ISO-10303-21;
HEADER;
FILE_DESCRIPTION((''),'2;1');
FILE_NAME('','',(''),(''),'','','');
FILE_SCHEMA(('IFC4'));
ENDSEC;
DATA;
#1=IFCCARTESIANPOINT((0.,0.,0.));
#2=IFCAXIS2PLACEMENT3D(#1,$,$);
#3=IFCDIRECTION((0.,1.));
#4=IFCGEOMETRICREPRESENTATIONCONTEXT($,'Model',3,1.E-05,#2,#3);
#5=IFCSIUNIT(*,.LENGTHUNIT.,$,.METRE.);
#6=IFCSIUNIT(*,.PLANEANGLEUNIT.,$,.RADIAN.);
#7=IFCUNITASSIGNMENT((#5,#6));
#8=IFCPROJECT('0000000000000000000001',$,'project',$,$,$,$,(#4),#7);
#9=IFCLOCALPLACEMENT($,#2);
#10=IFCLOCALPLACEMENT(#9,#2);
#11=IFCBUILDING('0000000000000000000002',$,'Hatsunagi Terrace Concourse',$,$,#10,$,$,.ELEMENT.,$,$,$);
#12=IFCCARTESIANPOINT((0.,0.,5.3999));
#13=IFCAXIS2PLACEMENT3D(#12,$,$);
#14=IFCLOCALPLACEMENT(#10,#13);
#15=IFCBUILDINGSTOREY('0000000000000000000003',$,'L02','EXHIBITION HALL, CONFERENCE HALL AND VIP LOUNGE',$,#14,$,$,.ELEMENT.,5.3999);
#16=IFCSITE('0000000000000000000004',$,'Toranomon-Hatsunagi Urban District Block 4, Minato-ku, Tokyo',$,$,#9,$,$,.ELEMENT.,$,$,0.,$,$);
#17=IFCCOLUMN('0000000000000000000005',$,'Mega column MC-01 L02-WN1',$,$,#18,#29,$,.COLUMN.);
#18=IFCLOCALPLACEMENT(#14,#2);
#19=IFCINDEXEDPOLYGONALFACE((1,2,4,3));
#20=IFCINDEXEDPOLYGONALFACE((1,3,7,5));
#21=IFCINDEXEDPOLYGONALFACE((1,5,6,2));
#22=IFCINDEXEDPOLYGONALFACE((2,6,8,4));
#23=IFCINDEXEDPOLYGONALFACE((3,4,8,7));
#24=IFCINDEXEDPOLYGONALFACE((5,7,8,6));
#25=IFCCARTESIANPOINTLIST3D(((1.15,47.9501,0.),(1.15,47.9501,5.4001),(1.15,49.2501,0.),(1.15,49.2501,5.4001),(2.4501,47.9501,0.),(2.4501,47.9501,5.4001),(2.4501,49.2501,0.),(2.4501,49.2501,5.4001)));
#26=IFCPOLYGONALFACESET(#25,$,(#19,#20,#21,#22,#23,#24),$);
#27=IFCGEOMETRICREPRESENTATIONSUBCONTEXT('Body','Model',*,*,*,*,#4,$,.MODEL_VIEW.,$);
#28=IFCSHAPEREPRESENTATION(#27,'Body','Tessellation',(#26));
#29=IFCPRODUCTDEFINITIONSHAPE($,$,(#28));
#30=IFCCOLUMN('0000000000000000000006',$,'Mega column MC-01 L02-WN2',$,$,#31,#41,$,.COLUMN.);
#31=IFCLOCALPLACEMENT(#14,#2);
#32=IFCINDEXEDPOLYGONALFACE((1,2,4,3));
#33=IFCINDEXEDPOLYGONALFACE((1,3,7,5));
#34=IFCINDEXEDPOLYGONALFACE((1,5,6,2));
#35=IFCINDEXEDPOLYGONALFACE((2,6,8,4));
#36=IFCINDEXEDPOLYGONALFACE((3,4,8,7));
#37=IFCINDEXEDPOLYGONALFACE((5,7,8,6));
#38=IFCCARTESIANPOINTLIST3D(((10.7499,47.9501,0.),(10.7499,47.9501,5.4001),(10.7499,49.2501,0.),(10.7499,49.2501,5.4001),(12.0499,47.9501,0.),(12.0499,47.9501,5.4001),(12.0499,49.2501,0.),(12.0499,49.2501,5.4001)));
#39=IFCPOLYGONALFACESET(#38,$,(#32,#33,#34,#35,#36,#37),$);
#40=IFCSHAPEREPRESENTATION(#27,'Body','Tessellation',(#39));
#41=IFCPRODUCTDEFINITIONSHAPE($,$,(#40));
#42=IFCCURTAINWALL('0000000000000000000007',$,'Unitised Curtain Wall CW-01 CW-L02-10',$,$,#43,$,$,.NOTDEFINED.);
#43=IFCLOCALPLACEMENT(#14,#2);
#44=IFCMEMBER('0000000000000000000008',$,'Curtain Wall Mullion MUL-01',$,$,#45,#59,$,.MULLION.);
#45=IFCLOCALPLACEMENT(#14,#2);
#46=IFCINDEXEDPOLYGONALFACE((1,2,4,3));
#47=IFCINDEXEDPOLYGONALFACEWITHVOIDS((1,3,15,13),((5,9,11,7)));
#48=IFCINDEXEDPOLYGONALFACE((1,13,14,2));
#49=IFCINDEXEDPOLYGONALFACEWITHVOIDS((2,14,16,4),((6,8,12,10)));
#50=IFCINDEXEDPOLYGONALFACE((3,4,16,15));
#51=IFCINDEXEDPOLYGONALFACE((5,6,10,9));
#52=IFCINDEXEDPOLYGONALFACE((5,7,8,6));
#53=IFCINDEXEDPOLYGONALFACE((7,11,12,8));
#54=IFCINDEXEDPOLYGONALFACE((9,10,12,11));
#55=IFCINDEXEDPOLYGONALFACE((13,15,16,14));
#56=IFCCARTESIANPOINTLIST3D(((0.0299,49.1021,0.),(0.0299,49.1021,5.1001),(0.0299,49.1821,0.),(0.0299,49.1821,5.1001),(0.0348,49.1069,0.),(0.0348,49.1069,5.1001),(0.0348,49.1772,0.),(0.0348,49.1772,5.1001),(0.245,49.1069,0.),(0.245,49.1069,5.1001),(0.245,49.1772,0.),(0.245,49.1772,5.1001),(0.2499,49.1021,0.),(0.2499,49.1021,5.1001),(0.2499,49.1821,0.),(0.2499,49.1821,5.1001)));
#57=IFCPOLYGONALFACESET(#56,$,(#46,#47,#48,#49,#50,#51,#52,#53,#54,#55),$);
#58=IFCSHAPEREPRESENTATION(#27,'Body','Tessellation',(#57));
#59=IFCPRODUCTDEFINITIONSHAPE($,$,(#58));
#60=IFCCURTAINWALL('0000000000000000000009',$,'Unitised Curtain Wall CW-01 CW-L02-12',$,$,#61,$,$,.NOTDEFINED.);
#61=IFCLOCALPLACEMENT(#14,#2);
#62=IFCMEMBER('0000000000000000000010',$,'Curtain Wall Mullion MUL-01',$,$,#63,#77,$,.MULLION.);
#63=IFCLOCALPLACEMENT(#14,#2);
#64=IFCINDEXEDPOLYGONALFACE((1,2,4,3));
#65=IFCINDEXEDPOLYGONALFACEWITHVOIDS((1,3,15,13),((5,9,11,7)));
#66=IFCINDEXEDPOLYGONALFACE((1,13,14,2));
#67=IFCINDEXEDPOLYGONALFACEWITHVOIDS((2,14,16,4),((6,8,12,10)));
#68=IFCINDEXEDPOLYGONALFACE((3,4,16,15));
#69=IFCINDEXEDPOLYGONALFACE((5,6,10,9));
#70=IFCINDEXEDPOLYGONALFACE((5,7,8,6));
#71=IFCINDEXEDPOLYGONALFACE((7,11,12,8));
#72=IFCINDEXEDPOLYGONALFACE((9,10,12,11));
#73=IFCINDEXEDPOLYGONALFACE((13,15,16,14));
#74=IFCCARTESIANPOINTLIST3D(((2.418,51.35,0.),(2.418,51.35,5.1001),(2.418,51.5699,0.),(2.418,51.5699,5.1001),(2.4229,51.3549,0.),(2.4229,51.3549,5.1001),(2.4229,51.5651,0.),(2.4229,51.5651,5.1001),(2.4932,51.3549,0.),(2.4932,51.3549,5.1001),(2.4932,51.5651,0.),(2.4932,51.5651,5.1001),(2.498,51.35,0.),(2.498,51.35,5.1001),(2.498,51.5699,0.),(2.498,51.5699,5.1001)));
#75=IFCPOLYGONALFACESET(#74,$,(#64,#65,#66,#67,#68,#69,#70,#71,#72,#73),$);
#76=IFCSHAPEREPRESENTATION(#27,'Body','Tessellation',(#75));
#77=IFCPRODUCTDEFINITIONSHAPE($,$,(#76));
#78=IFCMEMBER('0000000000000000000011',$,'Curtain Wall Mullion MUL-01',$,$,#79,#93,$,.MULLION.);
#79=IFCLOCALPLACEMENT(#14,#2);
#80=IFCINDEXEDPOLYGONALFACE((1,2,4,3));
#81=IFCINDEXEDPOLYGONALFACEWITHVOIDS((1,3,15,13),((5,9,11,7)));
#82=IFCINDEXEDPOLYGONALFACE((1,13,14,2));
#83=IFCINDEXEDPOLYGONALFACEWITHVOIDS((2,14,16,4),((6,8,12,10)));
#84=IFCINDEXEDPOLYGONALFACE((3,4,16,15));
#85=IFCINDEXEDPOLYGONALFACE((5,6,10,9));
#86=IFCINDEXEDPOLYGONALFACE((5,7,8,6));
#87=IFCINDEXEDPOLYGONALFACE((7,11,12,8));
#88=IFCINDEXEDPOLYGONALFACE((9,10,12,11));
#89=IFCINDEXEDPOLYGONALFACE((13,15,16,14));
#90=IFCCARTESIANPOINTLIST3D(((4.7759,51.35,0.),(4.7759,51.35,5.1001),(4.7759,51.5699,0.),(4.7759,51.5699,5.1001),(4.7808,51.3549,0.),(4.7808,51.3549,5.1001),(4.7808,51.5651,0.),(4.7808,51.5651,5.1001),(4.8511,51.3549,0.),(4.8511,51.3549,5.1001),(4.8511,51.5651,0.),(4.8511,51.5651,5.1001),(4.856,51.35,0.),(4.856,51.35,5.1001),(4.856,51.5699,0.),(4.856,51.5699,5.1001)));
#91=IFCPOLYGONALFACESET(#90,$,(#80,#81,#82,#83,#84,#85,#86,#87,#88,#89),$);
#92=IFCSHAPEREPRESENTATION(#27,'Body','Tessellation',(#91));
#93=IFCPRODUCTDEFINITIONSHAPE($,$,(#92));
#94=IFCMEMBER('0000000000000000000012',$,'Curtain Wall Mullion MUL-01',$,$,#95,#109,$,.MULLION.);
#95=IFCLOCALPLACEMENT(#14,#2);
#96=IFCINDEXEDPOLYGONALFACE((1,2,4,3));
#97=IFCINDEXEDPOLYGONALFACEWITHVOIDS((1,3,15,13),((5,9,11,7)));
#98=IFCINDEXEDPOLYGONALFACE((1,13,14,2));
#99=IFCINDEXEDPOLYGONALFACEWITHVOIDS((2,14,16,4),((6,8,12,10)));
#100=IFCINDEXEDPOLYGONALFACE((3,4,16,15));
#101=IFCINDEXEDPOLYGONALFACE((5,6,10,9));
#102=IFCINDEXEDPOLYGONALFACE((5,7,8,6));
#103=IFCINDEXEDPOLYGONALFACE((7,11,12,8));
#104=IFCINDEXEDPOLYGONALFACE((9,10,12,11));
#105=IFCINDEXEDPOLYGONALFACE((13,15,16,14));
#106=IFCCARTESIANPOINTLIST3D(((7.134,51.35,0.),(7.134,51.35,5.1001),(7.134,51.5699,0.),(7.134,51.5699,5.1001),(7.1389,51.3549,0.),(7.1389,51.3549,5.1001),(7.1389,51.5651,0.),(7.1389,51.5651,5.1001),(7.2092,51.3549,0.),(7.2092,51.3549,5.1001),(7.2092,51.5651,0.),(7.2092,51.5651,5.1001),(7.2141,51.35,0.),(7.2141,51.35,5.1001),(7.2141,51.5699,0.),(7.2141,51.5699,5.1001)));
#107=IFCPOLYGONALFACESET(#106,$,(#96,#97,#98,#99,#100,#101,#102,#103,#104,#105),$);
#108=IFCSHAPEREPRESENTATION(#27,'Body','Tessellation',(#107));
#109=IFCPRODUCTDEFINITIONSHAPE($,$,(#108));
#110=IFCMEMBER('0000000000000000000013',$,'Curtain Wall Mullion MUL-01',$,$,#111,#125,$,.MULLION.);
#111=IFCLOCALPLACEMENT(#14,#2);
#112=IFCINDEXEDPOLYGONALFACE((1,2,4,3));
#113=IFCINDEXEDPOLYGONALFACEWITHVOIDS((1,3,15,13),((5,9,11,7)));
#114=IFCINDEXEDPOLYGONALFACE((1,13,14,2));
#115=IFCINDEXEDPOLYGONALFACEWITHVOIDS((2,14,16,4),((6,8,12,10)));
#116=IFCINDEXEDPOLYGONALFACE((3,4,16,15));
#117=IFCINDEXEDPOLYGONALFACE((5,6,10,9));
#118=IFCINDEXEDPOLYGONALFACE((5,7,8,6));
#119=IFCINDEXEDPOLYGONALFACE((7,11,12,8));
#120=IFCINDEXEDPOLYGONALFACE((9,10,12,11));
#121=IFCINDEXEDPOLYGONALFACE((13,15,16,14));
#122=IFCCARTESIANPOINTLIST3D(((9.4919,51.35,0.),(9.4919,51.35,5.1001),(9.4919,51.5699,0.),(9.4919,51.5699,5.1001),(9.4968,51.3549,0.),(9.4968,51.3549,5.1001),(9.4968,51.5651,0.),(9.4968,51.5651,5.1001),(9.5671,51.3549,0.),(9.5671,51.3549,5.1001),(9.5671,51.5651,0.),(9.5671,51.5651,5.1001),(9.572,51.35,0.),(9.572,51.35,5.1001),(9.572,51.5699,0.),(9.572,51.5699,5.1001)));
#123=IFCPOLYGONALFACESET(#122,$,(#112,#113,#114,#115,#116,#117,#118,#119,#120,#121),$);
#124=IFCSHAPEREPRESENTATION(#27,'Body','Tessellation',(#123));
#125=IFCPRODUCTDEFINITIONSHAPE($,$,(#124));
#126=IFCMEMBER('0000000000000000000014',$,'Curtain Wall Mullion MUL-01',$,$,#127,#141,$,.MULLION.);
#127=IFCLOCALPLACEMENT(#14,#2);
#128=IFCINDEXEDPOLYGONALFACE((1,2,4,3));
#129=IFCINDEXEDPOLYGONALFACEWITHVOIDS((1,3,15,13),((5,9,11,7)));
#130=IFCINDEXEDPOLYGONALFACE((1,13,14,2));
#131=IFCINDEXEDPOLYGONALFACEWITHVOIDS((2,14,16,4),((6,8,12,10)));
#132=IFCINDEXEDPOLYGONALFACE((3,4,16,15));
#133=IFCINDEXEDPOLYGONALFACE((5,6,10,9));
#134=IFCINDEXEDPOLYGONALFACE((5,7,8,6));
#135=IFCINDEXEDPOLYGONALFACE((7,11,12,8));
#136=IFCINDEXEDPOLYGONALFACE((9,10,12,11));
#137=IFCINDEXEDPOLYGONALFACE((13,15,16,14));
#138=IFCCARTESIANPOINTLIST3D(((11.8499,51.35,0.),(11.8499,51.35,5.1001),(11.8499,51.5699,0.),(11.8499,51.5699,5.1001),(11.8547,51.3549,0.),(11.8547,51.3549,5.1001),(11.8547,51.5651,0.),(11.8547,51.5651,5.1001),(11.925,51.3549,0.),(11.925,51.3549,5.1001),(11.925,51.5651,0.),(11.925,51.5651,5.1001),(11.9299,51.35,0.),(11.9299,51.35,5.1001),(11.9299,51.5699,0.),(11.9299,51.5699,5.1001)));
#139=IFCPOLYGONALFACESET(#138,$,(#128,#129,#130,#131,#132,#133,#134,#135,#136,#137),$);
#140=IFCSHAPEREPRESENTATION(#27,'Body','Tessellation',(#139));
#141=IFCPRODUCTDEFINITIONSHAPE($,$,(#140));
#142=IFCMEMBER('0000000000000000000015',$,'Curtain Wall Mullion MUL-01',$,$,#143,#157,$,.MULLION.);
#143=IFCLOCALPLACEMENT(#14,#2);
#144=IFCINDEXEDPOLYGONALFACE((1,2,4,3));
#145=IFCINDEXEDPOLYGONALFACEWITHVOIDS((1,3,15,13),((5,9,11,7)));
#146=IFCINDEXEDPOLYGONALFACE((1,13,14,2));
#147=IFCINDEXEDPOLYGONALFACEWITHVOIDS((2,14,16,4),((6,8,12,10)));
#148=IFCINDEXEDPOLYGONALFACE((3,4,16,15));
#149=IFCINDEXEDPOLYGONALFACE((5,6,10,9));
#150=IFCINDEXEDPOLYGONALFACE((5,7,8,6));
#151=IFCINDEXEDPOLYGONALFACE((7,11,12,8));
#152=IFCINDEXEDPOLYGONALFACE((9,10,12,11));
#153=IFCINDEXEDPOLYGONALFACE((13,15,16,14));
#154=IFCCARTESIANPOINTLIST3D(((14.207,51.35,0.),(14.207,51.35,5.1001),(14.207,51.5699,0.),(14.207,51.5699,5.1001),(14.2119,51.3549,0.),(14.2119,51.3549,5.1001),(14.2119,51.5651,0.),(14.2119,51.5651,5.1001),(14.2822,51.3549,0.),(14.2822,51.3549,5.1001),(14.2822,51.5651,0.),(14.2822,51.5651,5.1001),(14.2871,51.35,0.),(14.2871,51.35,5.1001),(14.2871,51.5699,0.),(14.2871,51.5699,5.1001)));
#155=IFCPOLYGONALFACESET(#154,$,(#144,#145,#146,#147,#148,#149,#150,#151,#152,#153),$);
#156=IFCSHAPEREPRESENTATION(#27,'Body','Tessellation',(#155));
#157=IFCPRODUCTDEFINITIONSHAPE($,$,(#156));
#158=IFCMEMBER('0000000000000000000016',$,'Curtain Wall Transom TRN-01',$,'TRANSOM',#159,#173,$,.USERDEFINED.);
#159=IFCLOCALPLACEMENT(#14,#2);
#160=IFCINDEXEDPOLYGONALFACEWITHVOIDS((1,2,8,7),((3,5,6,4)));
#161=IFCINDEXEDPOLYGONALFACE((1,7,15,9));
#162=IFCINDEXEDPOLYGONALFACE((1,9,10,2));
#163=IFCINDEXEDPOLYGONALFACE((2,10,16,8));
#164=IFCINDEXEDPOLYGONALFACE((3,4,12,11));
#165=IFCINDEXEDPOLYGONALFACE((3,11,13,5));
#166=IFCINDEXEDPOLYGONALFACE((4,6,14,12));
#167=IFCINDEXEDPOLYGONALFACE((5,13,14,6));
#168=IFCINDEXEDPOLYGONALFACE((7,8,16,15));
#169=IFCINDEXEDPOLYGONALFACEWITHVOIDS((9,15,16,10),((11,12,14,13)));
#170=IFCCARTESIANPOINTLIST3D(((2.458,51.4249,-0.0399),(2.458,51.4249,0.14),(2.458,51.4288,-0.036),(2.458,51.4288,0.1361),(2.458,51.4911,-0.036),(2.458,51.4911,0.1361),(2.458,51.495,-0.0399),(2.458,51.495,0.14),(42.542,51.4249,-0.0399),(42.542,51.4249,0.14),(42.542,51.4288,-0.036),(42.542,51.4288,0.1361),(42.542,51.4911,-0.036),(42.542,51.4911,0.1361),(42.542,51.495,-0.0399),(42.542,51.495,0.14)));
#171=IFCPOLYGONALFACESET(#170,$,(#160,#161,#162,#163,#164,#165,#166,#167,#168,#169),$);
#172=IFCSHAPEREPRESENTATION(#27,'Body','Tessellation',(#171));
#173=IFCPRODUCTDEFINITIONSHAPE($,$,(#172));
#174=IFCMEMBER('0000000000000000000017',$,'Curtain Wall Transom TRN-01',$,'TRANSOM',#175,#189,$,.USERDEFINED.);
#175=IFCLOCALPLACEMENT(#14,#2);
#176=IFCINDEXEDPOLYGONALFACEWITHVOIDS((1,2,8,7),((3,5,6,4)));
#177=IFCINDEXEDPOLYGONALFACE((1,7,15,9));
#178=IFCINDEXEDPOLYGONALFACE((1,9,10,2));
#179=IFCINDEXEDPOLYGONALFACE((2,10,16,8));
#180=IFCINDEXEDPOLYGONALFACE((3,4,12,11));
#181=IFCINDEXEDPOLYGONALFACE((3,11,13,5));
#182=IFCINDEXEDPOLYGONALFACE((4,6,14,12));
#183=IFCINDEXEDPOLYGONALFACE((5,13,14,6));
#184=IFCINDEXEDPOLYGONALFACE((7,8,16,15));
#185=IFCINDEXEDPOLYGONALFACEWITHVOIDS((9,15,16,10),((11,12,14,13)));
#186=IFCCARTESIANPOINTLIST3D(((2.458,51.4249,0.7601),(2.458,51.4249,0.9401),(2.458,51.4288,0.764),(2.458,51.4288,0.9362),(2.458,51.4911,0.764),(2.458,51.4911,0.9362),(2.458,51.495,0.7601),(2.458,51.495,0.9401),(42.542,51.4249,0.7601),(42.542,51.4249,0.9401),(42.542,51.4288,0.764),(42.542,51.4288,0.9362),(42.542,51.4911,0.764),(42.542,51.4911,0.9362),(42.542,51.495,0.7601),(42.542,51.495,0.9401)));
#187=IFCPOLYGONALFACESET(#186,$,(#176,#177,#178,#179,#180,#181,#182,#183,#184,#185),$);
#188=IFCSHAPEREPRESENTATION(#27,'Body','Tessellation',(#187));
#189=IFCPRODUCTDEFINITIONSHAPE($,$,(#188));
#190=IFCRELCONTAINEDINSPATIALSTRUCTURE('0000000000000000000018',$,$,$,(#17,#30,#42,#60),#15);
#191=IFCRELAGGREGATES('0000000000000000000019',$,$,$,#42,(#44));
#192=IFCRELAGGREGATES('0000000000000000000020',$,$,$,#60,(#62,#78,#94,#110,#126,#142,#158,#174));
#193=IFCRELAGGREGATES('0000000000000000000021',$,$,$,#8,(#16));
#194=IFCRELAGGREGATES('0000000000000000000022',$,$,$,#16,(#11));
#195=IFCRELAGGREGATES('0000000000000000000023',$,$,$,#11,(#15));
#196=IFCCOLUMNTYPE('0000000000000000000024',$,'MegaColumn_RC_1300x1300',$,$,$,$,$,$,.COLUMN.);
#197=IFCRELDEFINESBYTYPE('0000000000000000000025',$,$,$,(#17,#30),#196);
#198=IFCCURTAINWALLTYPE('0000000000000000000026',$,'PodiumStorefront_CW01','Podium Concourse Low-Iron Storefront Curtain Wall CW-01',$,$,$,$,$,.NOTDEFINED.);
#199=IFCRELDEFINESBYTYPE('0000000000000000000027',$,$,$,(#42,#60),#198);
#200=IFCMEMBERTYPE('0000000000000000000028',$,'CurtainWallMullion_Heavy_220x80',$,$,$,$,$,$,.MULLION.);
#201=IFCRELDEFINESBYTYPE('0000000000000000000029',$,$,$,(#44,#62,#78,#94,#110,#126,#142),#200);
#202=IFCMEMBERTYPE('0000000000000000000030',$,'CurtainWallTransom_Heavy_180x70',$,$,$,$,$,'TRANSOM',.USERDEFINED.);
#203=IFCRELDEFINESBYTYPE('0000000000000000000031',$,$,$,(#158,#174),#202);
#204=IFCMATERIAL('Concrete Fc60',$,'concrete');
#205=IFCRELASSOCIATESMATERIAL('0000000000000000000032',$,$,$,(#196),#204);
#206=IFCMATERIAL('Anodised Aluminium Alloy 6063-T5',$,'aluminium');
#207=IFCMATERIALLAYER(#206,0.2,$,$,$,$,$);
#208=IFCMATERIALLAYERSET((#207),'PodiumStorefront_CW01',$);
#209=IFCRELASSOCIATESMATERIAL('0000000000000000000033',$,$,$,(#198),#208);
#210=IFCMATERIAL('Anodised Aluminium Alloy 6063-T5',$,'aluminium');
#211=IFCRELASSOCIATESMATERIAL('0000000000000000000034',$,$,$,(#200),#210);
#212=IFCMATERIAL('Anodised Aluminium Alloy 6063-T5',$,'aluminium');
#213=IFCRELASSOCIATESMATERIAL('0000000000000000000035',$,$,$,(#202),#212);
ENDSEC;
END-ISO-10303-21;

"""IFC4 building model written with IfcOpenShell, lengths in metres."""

from ifc_helpers import new_model, si_unit, direction, frame, origin, origin_2d, place, context, subcontext, project, spatial, rectangle, hollow_rectangle, extrude, material, layer, layer_set, material_profile, profile_set, type_object, element, aggregate, save


model = new_model("IFC4")

# Units and contexts
model_context = context("Model", 3, precision=1e-05, world=origin(), true_north=direction((0.0, 1.0)))
body_context = subcontext(model_context, "Body", "Model", "MODEL_VIEW")
ifc_project = project(units=[si_unit("LENGTHUNIT", "METRE"), si_unit("PLANEANGLEUNIT", "RADIAN")], contexts=[model_context])

# Site, building, storey
site_placement = place(None, origin())
site = spatial("IfcSite", under=ifc_project, at=site_placement, Name="Toranomon-Hatsunagi Urban District Block 4, Minato-ku, Tokyo", CompositionType="ELEMENT", RefElevation=0.0)
building_placement = place(site_placement, origin())
building = spatial("IfcBuilding", under=site, at=building_placement, Name="Hatsunagi Terrace Concourse", CompositionType="ELEMENT")
storey_placement = place(building_placement, frame((0.0, 0.0, 5.3999)))
storey = spatial("IfcBuildingStorey", under=building, at=storey_placement, Name="L02", Description="EXHIBITION HALL, CONFERENCE HALL AND VIP LOUNGE", CompositionType="ELEMENT", Elevation=5.3999)

# Columns
ifc_material_1 = material(Name="Concrete Fc60", Category="concrete")
ifc_material_profile_1 = material_profile(ifc_material_1, rectangle(XDim=1.3, YDim=1.3, at=origin_2d()), Name="RC-1300x1300")
ifc_profile_set_1 = profile_set([ifc_material_profile_1], Name="Concrete Fc60")
column_type = type_object("IfcColumnType", Name="MegaColumn_RC_1300x1300", PredefinedType="COLUMN", material=ifc_profile_set_1)
for number, where, z_axis, x_axis, name in (
    (1, (1.8, 48.6001, 0.0), (0.0, 0.0, 1.0), (1.0, 0.0, 0.0), "Mega column MC-01 L02-WN1"),
    (2, (11.3999, 48.6001, 0.0), (0.0, 0.0, 1.0), (1.0, 0.0, 0.0), "Mega column MC-01 L02-WN2"),
):
    element("IfcColumn", number, at=place(storey_placement, frame(where, z_axis=z_axis, x_axis=x_axis)), inside=storey, type_object=column_type, Name=name, PredefinedType="COLUMN", context=body_context, shape_type="SweptSolid", body=[
        extrude(rectangle(XDim=1.3, YDim=1.3, at=origin_2d()), origin(), (0.0, 0.0, 1.0), 5.4001),
    ])

# Curtain wall, member
ifc_material_2 = material(Name="Anodised Aluminium Alloy 6063-T5", Category="aluminium")
ifc_layer_1 = layer(ifc_material_2, 0.2)
ifc_layer_set_1 = layer_set([ifc_layer_1], Name="PodiumStorefront_CW01")
curtain_wall_type = type_object("IfcCurtainWallType", Name="PodiumStorefront_CW01", Description="Podium Concourse Low-Iron Storefront Curtain Wall CW-01", PredefinedType="NOTDEFINED", material=ifc_layer_set_1)
curtain_wall_1_placement = place(storey_placement, origin())
curtain_wall_1 = element("IfcCurtainWall", 3, at=curtain_wall_1_placement, inside=storey, type_object=curtain_wall_type, Name="Unitised Curtain Wall CW-01 CW-L02-10", PredefinedType="NOTDEFINED")
ifc_material_3 = material(Name="Anodised Aluminium Alloy 6063-T5", Category="aluminium")
ifc_material_profile_2 = material_profile(ifc_material_3, hollow_rectangle(XDim=0.0801, YDim=0.22, WallThickness=0.0049, at=origin_2d()), Name="ALU-MUL-220x80x5")
ifc_profile_set_2 = profile_set([ifc_material_profile_2], Name="Anodised Aluminium Alloy 6063-T5")
member_type_1 = type_object("IfcMemberType", Name="CurtainWallMullion_Heavy_220x80", PredefinedType="MULLION", material=ifc_profile_set_2)
member_1_placement = place(storey_placement, frame((0.1399, 49.1421, 0.0), z_axis=(0.0, 0.0, 1.0), x_axis=(0.0, 1.0, 0.0)))
member_1 = element("IfcMember", 4, at=member_1_placement, type_object=member_type_1, Name="Curtain Wall Mullion MUL-01", PredefinedType="MULLION", context=body_context, shape_type="SweptSolid", body=[
    extrude(hollow_rectangle(XDim=0.0801, YDim=0.22, WallThickness=0.0049, at=origin_2d()), origin(), (0.0, 0.0, 1.0), 5.1001),
])
aggregate(curtain_wall_1, [member_1])

# Curtain wall, members
curtain_wall_2_placement = place(storey_placement, origin())
curtain_wall_2 = element("IfcCurtainWall", 5, at=curtain_wall_2_placement, inside=storey, type_object=curtain_wall_type, Name="Unitised Curtain Wall CW-01 CW-L02-12", PredefinedType="NOTDEFINED")
member_2_placement = place(storey_placement, frame((2.458, 51.46, 0.0), z_axis=(0.0, 0.0, 1.0), x_axis=(1.0, 0.0, 0.0)))
member_2 = element("IfcMember", 6, at=member_2_placement, type_object=member_type_1, Name="Curtain Wall Mullion MUL-01", PredefinedType="MULLION", context=body_context, shape_type="SweptSolid", body=[
    extrude(hollow_rectangle(XDim=0.0801, YDim=0.22, WallThickness=0.0049, at=origin_2d()), origin(), (0.0, 0.0, 1.0), 5.1001),
])
member_3_placement = place(storey_placement, frame((4.8159, 51.46, 0.0), z_axis=(0.0, 0.0, 1.0), x_axis=(1.0, 0.0, 0.0)))
member_3 = element("IfcMember", 7, at=member_3_placement, type_object=member_type_1, Name="Curtain Wall Mullion MUL-01", PredefinedType="MULLION", context=body_context, shape_type="SweptSolid", body=[
    extrude(hollow_rectangle(XDim=0.0801, YDim=0.22, WallThickness=0.0049, at=origin_2d()), origin(), (0.0, 0.0, 1.0), 5.1001),
])
member_4_placement = place(storey_placement, frame((7.1741, 51.46, 0.0), z_axis=(0.0, 0.0, 1.0), x_axis=(1.0, 0.0, 0.0)))
member_4 = element("IfcMember", 8, at=member_4_placement, type_object=member_type_1, Name="Curtain Wall Mullion MUL-01", PredefinedType="MULLION", context=body_context, shape_type="SweptSolid", body=[
    extrude(hollow_rectangle(XDim=0.0801, YDim=0.22, WallThickness=0.0049, at=origin_2d()), origin(), (0.0, 0.0, 1.0), 5.1001),
])
member_5_placement = place(storey_placement, frame((9.532, 51.46, 0.0), z_axis=(0.0, 0.0, 1.0), x_axis=(1.0, 0.0, 0.0)))
member_5 = element("IfcMember", 9, at=member_5_placement, type_object=member_type_1, Name="Curtain Wall Mullion MUL-01", PredefinedType="MULLION", context=body_context, shape_type="SweptSolid", body=[
    extrude(hollow_rectangle(XDim=0.0801, YDim=0.22, WallThickness=0.0049, at=origin_2d()), origin(), (0.0, 0.0, 1.0), 5.1001),
])
member_6_placement = place(storey_placement, frame((11.8899, 51.46, 0.0), z_axis=(0.0, 0.0, 1.0), x_axis=(1.0, 0.0, 0.0)))
member_6 = element("IfcMember", 10, at=member_6_placement, type_object=member_type_1, Name="Curtain Wall Mullion MUL-01", PredefinedType="MULLION", context=body_context, shape_type="SweptSolid", body=[
    extrude(hollow_rectangle(XDim=0.0801, YDim=0.22, WallThickness=0.0049, at=origin_2d()), origin(), (0.0, 0.0, 1.0), 5.1001),
])
member_7_placement = place(storey_placement, frame((14.2471, 51.46, 0.0), z_axis=(0.0, 0.0, 1.0), x_axis=(1.0, 0.0, 0.0)))
member_7 = element("IfcMember", 11, at=member_7_placement, type_object=member_type_1, Name="Curtain Wall Mullion MUL-01", PredefinedType="MULLION", context=body_context, shape_type="SweptSolid", body=[
    extrude(hollow_rectangle(XDim=0.0801, YDim=0.22, WallThickness=0.0049, at=origin_2d()), origin(), (0.0, 0.0, 1.0), 5.1001),
])
ifc_material_4 = material(Name="Anodised Aluminium Alloy 6063-T5", Category="aluminium")
ifc_material_profile_3 = material_profile(ifc_material_4, hollow_rectangle(XDim=0.0701, YDim=0.1799, WallThickness=0.0039, at=origin_2d()), Name="ALU-TRN-180x70x4")
ifc_profile_set_3 = profile_set([ifc_material_profile_3], Name="Anodised Aluminium Alloy 6063-T5")
member_type_2 = type_object("IfcMemberType", Name="CurtainWallTransom_Heavy_180x70", ElementType="TRANSOM", PredefinedType="USERDEFINED", material=ifc_profile_set_3)
member_8_placement = place(storey_placement, frame((2.458, 51.46, 0.05), z_axis=(1.0, 0.0, 0.0), x_axis=(0.0, 1.0, 0.0)))
member_8 = element("IfcMember", 12, at=member_8_placement, type_object=member_type_2, Name="Curtain Wall Transom TRN-01", ObjectType="TRANSOM", PredefinedType="USERDEFINED", context=body_context, shape_type="SweptSolid", body=[
    extrude(hollow_rectangle(XDim=0.0701, YDim=0.1799, WallThickness=0.0039, at=origin_2d()), origin(), (0.0, 0.0, 1.0), 40.084),
])
member_9_placement = place(storey_placement, frame((2.458, 51.46, 0.8501), z_axis=(1.0, 0.0, 0.0), x_axis=(0.0, 1.0, 0.0)))
member_9 = element("IfcMember", 13, at=member_9_placement, type_object=member_type_2, Name="Curtain Wall Transom TRN-01", ObjectType="TRANSOM", PredefinedType="USERDEFINED", context=body_context, shape_type="SweptSolid", body=[
    extrude(hollow_rectangle(XDim=0.0701, YDim=0.1799, WallThickness=0.0039, at=origin_2d()), origin(), (0.0, 0.0, 1.0), 40.084),
])

aggregate(curtain_wall_2, [member_2, member_3, member_4, member_5, member_6, member_7, member_8, member_9])

save(model, "model.ifc")
